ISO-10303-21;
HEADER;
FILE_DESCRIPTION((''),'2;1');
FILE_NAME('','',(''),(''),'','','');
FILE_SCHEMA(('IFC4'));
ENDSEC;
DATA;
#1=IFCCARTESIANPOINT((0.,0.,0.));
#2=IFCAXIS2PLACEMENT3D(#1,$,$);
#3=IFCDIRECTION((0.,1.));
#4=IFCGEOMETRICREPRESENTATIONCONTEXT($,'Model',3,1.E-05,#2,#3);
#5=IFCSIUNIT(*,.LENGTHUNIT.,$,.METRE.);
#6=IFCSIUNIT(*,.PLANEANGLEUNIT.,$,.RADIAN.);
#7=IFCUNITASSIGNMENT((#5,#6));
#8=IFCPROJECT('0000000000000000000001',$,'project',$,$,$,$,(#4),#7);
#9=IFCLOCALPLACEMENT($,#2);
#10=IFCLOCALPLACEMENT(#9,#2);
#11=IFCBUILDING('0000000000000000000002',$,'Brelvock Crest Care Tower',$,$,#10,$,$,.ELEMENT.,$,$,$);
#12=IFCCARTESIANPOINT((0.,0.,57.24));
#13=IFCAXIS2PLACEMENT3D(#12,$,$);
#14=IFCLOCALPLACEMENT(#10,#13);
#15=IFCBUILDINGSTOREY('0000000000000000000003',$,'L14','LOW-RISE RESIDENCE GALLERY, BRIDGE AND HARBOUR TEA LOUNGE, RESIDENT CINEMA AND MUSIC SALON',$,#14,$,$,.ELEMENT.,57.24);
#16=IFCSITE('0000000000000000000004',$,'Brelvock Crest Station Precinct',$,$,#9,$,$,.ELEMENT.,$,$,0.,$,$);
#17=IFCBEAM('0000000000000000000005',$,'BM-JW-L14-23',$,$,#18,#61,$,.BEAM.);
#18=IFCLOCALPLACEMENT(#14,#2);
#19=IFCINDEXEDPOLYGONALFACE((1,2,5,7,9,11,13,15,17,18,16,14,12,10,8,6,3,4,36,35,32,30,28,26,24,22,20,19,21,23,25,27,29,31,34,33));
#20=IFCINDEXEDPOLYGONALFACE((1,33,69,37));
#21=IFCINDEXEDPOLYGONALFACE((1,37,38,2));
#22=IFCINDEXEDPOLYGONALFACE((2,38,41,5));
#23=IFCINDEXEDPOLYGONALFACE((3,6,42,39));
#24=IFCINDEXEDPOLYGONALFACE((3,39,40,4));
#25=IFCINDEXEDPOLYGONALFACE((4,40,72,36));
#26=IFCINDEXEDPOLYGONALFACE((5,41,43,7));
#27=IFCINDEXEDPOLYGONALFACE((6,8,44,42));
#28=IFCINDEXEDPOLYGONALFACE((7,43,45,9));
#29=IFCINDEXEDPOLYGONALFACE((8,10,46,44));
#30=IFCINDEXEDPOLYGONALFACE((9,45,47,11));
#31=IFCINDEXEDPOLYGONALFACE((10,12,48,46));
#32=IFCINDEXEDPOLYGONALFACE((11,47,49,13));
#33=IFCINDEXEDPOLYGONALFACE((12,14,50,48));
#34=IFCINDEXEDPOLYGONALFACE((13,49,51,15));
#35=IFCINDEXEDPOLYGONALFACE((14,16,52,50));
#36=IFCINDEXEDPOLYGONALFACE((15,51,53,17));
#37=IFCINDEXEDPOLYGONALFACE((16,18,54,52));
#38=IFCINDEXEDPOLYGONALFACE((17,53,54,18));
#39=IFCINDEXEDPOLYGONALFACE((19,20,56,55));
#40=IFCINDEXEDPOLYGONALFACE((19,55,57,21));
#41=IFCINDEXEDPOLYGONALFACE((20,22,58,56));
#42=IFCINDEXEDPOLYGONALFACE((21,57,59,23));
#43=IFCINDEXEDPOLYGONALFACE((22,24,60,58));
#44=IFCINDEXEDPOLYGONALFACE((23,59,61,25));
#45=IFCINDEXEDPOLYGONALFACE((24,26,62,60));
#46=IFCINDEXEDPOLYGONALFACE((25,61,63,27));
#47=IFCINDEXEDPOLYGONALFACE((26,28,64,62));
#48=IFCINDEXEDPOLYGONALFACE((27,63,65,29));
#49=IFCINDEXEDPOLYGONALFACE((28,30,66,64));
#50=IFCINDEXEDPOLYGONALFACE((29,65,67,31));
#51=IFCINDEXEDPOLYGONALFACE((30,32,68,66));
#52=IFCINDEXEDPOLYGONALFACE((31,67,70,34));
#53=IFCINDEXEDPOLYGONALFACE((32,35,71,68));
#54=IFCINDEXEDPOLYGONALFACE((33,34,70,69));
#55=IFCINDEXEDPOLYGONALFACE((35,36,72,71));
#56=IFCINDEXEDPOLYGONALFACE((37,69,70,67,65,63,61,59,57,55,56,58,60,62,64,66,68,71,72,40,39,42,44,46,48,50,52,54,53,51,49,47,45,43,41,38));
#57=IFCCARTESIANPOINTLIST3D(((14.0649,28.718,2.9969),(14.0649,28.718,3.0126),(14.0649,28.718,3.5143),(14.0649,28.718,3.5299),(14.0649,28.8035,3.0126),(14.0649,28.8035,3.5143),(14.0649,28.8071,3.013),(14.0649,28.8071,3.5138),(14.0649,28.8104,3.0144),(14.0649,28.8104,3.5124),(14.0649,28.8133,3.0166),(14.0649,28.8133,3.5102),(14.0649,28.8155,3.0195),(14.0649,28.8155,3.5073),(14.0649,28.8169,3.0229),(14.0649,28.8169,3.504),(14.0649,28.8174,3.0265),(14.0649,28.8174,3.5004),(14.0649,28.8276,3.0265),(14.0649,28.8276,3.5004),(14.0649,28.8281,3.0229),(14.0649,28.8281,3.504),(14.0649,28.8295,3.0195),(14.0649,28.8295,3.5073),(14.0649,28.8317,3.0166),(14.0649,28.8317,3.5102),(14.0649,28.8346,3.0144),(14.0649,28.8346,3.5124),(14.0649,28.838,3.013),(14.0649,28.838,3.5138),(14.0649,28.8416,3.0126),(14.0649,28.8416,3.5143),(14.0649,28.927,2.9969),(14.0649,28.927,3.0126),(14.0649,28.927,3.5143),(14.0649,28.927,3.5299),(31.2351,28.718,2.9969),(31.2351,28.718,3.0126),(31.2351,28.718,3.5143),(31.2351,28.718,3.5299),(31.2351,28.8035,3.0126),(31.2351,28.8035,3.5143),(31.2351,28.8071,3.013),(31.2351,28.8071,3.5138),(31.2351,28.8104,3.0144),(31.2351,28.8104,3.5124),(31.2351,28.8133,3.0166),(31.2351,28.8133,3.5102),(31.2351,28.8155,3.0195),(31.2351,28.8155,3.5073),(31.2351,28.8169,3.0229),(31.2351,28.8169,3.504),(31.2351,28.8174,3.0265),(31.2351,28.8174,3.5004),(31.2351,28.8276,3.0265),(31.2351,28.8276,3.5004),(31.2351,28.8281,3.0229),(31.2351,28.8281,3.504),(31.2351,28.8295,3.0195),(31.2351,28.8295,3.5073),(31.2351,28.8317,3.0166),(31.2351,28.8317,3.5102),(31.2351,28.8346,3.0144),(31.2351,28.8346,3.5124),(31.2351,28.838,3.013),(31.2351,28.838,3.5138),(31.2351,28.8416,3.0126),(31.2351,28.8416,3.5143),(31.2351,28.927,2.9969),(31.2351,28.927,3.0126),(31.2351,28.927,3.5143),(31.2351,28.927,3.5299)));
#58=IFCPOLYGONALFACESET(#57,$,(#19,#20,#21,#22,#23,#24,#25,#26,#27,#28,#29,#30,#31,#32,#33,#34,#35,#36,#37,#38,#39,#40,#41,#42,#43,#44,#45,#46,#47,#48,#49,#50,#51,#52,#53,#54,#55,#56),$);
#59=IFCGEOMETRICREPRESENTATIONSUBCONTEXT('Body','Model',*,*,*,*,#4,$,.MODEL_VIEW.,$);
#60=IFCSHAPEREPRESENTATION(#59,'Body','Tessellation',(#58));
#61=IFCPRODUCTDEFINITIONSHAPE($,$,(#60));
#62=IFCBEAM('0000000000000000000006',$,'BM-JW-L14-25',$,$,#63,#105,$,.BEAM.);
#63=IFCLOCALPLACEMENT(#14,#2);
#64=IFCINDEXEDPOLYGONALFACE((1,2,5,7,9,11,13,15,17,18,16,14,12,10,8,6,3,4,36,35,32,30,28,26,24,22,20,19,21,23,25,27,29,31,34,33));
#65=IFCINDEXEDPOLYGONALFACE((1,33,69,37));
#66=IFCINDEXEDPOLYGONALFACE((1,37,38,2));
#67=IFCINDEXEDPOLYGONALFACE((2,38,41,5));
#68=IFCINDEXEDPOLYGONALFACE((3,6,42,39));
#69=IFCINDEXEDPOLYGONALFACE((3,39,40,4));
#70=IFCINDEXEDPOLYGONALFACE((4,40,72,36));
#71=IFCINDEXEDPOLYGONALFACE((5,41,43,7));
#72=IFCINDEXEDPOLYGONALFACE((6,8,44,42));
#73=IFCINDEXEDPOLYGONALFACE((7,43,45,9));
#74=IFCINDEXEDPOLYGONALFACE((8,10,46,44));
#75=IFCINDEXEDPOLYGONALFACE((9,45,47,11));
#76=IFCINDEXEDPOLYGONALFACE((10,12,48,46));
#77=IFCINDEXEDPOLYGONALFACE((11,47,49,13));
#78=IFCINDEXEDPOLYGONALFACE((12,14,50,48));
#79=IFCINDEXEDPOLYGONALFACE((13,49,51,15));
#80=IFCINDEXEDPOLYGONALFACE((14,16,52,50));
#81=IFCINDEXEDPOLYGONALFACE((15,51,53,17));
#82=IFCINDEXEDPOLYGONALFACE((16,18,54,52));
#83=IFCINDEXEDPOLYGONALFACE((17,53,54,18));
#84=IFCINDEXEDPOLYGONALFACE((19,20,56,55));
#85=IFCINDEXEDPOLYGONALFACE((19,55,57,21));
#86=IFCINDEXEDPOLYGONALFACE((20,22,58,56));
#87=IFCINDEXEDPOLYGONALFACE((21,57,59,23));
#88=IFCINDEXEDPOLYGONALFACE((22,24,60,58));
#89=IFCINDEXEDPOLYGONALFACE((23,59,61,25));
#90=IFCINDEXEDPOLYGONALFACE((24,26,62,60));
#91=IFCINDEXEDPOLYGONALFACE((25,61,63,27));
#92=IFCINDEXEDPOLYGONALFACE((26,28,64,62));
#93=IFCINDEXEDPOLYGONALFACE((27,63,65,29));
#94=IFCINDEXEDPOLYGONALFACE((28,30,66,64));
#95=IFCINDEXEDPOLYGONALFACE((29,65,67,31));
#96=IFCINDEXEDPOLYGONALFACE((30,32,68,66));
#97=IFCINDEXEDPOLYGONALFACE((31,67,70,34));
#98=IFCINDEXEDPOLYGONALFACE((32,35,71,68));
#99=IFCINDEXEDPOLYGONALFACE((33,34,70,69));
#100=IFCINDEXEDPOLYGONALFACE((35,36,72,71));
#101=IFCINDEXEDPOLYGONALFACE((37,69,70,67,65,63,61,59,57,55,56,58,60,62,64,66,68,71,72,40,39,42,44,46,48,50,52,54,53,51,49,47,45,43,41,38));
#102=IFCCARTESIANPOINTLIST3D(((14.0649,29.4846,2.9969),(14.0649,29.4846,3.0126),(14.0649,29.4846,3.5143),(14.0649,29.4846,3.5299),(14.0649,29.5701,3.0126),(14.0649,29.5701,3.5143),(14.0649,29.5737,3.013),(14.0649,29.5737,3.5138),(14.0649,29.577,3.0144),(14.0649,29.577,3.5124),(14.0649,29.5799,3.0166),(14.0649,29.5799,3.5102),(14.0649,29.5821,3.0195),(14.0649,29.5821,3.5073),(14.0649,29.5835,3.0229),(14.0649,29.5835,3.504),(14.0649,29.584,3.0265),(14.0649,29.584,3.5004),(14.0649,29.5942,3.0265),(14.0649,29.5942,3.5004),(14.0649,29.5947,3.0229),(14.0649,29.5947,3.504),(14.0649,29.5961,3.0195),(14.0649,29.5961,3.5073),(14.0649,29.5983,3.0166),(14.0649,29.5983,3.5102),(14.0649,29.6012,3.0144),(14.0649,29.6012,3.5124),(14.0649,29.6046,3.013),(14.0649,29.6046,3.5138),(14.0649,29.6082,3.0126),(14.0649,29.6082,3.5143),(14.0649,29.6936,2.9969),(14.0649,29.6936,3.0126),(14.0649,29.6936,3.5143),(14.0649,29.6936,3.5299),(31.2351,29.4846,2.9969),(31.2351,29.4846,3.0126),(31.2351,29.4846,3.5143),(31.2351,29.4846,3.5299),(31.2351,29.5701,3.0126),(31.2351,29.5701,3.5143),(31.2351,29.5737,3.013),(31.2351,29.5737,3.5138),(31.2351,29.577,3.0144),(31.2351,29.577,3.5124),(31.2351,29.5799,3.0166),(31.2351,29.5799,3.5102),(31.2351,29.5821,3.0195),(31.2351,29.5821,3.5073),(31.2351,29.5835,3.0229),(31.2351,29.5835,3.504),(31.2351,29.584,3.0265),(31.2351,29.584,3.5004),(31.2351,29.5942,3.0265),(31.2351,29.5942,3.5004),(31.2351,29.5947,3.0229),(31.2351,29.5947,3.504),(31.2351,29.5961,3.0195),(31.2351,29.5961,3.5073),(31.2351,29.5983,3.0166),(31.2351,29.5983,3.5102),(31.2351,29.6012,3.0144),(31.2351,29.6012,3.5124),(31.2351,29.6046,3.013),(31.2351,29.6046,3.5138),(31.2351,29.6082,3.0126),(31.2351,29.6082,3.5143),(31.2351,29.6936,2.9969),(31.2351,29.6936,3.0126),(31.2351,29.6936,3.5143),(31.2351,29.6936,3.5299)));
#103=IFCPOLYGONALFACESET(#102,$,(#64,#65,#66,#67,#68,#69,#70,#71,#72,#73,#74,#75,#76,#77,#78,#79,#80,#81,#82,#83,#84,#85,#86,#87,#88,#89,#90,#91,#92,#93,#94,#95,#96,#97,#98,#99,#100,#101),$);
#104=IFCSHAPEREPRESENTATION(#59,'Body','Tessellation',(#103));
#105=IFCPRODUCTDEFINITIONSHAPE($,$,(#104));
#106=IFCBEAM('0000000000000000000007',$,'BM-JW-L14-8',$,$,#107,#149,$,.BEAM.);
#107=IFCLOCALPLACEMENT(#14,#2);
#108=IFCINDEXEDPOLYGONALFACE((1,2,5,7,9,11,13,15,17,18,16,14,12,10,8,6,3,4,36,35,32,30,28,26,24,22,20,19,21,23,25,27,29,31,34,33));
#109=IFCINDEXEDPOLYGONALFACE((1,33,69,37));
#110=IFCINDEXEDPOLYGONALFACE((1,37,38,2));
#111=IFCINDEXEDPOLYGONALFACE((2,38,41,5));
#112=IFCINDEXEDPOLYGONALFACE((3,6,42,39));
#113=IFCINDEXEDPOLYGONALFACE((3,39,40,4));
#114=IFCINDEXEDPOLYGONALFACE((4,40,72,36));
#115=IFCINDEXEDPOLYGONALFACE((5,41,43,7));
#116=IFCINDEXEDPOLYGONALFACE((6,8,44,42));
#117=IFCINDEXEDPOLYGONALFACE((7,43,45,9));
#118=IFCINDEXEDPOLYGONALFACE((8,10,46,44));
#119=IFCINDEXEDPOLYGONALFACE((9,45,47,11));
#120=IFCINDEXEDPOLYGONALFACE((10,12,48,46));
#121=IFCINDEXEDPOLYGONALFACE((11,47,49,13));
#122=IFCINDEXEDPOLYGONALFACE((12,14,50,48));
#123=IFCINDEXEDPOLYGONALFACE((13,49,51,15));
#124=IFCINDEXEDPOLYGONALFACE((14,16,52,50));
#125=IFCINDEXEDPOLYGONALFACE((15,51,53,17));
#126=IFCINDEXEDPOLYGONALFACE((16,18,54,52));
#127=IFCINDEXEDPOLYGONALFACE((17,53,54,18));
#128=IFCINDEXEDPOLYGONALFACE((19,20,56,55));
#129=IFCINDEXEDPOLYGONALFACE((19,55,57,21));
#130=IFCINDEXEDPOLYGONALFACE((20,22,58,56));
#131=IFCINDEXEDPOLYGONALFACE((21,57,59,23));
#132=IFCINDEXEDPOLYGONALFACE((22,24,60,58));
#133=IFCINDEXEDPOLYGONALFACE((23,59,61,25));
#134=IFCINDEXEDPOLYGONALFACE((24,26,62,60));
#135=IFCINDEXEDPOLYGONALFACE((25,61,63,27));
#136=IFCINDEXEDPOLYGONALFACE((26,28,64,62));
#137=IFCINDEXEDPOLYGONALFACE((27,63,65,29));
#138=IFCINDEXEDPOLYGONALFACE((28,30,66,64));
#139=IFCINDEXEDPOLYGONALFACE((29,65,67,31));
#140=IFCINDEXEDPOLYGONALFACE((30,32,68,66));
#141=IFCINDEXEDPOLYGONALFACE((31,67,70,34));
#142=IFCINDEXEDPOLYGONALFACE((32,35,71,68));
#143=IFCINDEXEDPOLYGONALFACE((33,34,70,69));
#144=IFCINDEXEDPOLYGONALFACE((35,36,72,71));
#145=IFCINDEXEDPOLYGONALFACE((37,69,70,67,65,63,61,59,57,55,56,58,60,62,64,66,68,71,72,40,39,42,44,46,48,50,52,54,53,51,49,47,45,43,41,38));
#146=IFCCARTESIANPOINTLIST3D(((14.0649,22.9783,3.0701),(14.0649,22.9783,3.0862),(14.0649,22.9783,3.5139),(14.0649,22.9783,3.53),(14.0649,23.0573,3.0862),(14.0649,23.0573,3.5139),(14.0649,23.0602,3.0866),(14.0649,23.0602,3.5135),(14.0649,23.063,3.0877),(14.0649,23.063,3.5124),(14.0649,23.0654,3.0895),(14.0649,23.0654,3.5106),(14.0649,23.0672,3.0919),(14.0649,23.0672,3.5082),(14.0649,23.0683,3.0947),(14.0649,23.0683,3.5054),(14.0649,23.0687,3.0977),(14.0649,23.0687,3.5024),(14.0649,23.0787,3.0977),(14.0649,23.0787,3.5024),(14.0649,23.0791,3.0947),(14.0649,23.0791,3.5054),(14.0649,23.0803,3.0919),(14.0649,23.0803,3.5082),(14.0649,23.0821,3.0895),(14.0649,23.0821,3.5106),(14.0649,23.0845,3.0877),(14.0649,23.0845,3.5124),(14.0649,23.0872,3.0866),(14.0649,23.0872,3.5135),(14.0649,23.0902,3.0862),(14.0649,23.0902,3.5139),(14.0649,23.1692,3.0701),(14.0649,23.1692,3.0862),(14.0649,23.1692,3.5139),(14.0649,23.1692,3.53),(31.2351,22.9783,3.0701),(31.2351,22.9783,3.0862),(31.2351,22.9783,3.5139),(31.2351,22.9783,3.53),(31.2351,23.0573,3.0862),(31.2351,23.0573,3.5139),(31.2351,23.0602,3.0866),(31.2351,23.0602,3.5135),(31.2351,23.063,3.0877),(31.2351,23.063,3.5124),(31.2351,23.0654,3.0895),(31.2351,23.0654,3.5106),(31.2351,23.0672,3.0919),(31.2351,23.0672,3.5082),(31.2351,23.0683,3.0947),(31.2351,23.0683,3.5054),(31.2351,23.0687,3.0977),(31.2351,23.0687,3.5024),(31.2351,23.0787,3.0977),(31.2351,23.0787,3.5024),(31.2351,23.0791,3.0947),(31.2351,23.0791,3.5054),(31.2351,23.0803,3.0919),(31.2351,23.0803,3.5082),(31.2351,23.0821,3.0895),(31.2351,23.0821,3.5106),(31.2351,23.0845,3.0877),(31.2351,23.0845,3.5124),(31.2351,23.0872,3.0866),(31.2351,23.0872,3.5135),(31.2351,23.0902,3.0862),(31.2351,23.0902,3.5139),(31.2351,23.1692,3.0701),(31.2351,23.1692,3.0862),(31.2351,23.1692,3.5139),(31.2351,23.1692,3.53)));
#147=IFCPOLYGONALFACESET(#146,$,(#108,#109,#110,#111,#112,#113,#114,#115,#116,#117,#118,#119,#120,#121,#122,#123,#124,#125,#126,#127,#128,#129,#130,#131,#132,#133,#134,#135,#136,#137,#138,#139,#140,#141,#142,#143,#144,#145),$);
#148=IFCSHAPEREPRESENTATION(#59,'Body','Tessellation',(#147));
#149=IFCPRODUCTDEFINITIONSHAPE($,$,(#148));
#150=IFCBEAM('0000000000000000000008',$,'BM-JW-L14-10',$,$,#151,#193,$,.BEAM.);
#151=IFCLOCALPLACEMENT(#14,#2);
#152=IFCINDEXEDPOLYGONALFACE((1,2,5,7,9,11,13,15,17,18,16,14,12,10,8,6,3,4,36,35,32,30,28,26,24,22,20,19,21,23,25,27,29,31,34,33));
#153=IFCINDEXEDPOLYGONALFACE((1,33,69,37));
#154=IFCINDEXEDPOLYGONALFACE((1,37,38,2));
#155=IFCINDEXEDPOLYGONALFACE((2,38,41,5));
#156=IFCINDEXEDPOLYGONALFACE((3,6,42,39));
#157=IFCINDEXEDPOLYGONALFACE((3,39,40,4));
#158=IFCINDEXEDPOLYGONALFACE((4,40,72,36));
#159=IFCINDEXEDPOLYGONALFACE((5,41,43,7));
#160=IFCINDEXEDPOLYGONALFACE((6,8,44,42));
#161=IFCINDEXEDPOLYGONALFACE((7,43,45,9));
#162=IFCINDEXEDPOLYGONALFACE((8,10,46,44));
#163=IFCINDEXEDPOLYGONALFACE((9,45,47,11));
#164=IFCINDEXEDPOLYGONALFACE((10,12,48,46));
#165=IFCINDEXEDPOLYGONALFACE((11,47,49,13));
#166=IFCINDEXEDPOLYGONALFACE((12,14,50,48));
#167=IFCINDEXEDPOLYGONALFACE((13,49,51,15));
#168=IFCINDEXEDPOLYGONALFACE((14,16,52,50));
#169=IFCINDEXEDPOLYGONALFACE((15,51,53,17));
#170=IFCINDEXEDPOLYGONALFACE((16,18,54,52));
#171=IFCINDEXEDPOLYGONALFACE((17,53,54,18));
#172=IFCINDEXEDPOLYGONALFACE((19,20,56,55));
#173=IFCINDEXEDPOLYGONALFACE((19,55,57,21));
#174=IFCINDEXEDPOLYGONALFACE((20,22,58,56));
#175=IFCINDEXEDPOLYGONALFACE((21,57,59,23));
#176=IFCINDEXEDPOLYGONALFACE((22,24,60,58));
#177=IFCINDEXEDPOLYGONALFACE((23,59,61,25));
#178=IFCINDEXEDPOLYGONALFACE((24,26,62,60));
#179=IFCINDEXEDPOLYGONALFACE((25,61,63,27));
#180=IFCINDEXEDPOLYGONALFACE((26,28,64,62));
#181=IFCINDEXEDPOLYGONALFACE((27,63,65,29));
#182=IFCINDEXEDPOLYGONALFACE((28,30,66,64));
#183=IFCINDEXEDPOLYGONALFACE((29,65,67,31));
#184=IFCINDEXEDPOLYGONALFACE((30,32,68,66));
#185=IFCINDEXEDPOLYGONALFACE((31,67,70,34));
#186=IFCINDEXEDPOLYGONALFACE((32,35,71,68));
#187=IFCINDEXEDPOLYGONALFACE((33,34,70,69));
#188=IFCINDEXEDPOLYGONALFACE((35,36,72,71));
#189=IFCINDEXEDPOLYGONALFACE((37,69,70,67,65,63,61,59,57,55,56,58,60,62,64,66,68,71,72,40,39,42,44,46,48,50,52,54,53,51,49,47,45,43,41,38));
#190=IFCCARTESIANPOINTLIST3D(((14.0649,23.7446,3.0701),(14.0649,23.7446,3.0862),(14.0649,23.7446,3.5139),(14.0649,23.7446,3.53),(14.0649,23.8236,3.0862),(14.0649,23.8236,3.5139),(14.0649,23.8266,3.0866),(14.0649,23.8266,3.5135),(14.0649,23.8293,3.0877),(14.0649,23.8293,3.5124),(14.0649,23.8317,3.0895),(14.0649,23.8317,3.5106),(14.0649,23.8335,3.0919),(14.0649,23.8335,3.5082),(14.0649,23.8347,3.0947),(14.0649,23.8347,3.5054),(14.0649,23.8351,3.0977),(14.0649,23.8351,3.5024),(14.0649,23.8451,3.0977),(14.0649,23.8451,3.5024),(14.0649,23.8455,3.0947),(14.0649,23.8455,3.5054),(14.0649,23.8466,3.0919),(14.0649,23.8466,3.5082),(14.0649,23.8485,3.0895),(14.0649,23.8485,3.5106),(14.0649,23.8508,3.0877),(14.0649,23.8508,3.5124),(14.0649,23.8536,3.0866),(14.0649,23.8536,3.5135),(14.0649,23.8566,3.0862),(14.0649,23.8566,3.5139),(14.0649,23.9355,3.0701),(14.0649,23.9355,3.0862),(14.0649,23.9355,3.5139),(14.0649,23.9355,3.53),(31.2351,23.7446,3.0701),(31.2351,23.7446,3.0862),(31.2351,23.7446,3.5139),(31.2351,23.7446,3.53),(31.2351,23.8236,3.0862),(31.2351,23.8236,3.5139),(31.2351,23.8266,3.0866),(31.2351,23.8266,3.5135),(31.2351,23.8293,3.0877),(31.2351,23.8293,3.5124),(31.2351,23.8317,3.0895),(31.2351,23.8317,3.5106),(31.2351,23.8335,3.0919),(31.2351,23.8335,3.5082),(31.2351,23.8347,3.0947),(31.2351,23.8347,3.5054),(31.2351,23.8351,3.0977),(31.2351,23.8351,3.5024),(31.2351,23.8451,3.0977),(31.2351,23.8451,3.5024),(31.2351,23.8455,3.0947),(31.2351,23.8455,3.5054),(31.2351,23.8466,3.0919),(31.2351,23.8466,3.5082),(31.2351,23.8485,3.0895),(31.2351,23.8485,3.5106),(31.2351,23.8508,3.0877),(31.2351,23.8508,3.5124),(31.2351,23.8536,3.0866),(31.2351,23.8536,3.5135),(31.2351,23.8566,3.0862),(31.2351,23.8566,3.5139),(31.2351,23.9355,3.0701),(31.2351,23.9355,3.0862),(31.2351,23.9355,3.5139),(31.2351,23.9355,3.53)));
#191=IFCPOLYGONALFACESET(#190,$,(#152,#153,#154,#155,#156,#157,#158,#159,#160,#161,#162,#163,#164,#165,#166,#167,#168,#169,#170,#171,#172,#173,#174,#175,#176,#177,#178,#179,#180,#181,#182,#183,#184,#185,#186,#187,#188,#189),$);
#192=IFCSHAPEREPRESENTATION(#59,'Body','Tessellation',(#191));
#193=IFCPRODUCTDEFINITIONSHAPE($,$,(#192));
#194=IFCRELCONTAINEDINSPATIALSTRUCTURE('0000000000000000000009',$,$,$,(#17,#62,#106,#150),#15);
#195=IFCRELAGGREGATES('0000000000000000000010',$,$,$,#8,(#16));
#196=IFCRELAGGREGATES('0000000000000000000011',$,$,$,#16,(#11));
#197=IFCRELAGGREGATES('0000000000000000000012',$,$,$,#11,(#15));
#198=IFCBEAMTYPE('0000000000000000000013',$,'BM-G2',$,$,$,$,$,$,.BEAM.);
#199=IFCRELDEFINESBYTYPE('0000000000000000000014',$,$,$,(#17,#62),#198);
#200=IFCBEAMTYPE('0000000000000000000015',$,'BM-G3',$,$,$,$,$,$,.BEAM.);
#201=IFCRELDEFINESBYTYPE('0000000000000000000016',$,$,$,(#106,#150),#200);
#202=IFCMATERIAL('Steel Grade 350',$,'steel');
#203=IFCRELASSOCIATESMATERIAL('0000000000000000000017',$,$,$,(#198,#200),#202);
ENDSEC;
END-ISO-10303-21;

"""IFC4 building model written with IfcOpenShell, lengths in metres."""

from ifc_helpers import new_model, si_unit, direction, frame, origin, origin_2d, place, context, subcontext, project, spatial, i_section, extrude, source, transform, mapped, material, material_profile, profile_set, type_object, element, save


model = new_model("IFC4")

# Units and contexts
model_context = context("Model", 3, precision=1e-05, world=origin(), true_north=direction((0.0, 1.0)))
body_context = subcontext(model_context, "Body", "Model", "MODEL_VIEW")
ifc_project = project(units=[si_unit("LENGTHUNIT", "METRE"), si_unit("PLANEANGLEUNIT", "RADIAN")], contexts=[model_context])

# Site, building, storey
site_placement = place(None, origin())
site = spatial("IfcSite", under=ifc_project, at=site_placement, Name="Brelvock Crest Station Precinct", CompositionType="ELEMENT", RefElevation=0.0)
building_placement = place(site_placement, origin())
building = spatial("IfcBuilding", under=site, at=building_placement, Name="Brelvock Crest Care Tower", CompositionType="ELEMENT")
storey_placement = place(building_placement, frame((0.0, 0.0, 57.24)))
storey = spatial("IfcBuildingStorey", under=building, at=storey_placement, Name="L14", Description="LOW-RISE RESIDENCE GALLERY, BRIDGE AND HARBOUR TEA LOUNGE, RESIDENT CINEMA AND MUSIC SALON", CompositionType="ELEMENT", Elevation=57.24)

# Beams
ifc_material_1 = material(Name="Steel Grade 350", Category="steel")
ifc_material_profile_1 = material_profile(ifc_material_1, i_section(OverallWidth=0.209, OverallDepth=0.533, WebThickness=0.0103, FlangeThickness=0.0156, FilletRadius=0.0139, at=origin_2d()), Name="530UB92.4")
ifc_profile_set_1 = profile_set([ifc_material_profile_1], Name="Steel Grade 350")
beam_type_1 = type_object("IfcBeamType", Name="BM-G2", PredefinedType="BEAM", material=ifc_profile_set_1)
shared_shape_1 = source(origin(), body_context, "Body", "SweptSolid", [
    extrude(i_section(OverallWidth=0.209, OverallDepth=0.533, WebThickness=0.0103, FlangeThickness=0.0156, FilletRadius=0.0139, at=origin_2d()), origin(), (0.0, 0.0, 1.0), 17.1702),
])
for number, where, z_axis, x_axis, name in (
    (1, (14.0649, 28.8225, 3.2634), (1.0, 0.0, 0.0), (0.0, 1.0, 0.0), "BM-JW-L14-23"),
    (2, (14.0649, 29.5891, 3.2634), (1.0, 0.0, 0.0), (0.0, 1.0, 0.0), "BM-JW-L14-25"),
):
    element("IfcBeam", number, at=place(storey_placement, frame(where, z_axis=z_axis, x_axis=x_axis)), inside=storey, type_object=beam_type_1, Name=name, PredefinedType="BEAM", context=body_context, shape_type="MappedRepresentation", body=[
        mapped(shared_shape_1, transform((0.0, 0.0, 0.0), x_axis=(1.0, 0.0, 0.0), y_axis=(0.0, 1.0, 0.0), z_axis=(0.0, 0.0, 1.0), scale=1.0)),
    ])
ifc_material_profile_2 = material_profile(ifc_material_1, i_section(OverallWidth=0.1909, OverallDepth=0.46, WebThickness=0.01, FlangeThickness=0.0161, FilletRadius=0.0115, at=origin_2d()), Name="460UB82.1")
ifc_profile_set_2 = profile_set([ifc_material_profile_2], Name="Steel Grade 350")
beam_type_2 = type_object("IfcBeamType", Name="BM-G3", PredefinedType="BEAM", material=ifc_profile_set_2)
shared_shape_2 = source(origin(), body_context, "Body", "SweptSolid", [
    extrude(i_section(OverallWidth=0.1909, OverallDepth=0.46, WebThickness=0.01, FlangeThickness=0.0161, FilletRadius=0.0115, at=origin_2d()), origin(), (0.0, 0.0, 1.0), 17.1702),
])
for number, where, z_axis, x_axis, name in (
    (3, (14.0649, 23.0737, 3.3), (1.0, 0.0, 0.0), (0.0, 1.0, 0.0), "BM-JW-L14-8"),
    (4, (14.0649, 23.8401, 3.3), (1.0, 0.0, 0.0), (0.0, 1.0, 0.0), "BM-JW-L14-10"),
):
    element("IfcBeam", number, at=place(storey_placement, frame(where, z_axis=z_axis, x_axis=x_axis)), inside=storey, type_object=beam_type_2, Name=name, PredefinedType="BEAM", context=body_context, shape_type="MappedRepresentation", body=[
        mapped(shared_shape_2, transform((0.0, 0.0, 0.0), x_axis=(1.0, 0.0, 0.0), y_axis=(0.0, 1.0, 0.0), z_axis=(0.0, 0.0, 1.0), scale=1.0)),
    ])

save(model, "model.ifc")
